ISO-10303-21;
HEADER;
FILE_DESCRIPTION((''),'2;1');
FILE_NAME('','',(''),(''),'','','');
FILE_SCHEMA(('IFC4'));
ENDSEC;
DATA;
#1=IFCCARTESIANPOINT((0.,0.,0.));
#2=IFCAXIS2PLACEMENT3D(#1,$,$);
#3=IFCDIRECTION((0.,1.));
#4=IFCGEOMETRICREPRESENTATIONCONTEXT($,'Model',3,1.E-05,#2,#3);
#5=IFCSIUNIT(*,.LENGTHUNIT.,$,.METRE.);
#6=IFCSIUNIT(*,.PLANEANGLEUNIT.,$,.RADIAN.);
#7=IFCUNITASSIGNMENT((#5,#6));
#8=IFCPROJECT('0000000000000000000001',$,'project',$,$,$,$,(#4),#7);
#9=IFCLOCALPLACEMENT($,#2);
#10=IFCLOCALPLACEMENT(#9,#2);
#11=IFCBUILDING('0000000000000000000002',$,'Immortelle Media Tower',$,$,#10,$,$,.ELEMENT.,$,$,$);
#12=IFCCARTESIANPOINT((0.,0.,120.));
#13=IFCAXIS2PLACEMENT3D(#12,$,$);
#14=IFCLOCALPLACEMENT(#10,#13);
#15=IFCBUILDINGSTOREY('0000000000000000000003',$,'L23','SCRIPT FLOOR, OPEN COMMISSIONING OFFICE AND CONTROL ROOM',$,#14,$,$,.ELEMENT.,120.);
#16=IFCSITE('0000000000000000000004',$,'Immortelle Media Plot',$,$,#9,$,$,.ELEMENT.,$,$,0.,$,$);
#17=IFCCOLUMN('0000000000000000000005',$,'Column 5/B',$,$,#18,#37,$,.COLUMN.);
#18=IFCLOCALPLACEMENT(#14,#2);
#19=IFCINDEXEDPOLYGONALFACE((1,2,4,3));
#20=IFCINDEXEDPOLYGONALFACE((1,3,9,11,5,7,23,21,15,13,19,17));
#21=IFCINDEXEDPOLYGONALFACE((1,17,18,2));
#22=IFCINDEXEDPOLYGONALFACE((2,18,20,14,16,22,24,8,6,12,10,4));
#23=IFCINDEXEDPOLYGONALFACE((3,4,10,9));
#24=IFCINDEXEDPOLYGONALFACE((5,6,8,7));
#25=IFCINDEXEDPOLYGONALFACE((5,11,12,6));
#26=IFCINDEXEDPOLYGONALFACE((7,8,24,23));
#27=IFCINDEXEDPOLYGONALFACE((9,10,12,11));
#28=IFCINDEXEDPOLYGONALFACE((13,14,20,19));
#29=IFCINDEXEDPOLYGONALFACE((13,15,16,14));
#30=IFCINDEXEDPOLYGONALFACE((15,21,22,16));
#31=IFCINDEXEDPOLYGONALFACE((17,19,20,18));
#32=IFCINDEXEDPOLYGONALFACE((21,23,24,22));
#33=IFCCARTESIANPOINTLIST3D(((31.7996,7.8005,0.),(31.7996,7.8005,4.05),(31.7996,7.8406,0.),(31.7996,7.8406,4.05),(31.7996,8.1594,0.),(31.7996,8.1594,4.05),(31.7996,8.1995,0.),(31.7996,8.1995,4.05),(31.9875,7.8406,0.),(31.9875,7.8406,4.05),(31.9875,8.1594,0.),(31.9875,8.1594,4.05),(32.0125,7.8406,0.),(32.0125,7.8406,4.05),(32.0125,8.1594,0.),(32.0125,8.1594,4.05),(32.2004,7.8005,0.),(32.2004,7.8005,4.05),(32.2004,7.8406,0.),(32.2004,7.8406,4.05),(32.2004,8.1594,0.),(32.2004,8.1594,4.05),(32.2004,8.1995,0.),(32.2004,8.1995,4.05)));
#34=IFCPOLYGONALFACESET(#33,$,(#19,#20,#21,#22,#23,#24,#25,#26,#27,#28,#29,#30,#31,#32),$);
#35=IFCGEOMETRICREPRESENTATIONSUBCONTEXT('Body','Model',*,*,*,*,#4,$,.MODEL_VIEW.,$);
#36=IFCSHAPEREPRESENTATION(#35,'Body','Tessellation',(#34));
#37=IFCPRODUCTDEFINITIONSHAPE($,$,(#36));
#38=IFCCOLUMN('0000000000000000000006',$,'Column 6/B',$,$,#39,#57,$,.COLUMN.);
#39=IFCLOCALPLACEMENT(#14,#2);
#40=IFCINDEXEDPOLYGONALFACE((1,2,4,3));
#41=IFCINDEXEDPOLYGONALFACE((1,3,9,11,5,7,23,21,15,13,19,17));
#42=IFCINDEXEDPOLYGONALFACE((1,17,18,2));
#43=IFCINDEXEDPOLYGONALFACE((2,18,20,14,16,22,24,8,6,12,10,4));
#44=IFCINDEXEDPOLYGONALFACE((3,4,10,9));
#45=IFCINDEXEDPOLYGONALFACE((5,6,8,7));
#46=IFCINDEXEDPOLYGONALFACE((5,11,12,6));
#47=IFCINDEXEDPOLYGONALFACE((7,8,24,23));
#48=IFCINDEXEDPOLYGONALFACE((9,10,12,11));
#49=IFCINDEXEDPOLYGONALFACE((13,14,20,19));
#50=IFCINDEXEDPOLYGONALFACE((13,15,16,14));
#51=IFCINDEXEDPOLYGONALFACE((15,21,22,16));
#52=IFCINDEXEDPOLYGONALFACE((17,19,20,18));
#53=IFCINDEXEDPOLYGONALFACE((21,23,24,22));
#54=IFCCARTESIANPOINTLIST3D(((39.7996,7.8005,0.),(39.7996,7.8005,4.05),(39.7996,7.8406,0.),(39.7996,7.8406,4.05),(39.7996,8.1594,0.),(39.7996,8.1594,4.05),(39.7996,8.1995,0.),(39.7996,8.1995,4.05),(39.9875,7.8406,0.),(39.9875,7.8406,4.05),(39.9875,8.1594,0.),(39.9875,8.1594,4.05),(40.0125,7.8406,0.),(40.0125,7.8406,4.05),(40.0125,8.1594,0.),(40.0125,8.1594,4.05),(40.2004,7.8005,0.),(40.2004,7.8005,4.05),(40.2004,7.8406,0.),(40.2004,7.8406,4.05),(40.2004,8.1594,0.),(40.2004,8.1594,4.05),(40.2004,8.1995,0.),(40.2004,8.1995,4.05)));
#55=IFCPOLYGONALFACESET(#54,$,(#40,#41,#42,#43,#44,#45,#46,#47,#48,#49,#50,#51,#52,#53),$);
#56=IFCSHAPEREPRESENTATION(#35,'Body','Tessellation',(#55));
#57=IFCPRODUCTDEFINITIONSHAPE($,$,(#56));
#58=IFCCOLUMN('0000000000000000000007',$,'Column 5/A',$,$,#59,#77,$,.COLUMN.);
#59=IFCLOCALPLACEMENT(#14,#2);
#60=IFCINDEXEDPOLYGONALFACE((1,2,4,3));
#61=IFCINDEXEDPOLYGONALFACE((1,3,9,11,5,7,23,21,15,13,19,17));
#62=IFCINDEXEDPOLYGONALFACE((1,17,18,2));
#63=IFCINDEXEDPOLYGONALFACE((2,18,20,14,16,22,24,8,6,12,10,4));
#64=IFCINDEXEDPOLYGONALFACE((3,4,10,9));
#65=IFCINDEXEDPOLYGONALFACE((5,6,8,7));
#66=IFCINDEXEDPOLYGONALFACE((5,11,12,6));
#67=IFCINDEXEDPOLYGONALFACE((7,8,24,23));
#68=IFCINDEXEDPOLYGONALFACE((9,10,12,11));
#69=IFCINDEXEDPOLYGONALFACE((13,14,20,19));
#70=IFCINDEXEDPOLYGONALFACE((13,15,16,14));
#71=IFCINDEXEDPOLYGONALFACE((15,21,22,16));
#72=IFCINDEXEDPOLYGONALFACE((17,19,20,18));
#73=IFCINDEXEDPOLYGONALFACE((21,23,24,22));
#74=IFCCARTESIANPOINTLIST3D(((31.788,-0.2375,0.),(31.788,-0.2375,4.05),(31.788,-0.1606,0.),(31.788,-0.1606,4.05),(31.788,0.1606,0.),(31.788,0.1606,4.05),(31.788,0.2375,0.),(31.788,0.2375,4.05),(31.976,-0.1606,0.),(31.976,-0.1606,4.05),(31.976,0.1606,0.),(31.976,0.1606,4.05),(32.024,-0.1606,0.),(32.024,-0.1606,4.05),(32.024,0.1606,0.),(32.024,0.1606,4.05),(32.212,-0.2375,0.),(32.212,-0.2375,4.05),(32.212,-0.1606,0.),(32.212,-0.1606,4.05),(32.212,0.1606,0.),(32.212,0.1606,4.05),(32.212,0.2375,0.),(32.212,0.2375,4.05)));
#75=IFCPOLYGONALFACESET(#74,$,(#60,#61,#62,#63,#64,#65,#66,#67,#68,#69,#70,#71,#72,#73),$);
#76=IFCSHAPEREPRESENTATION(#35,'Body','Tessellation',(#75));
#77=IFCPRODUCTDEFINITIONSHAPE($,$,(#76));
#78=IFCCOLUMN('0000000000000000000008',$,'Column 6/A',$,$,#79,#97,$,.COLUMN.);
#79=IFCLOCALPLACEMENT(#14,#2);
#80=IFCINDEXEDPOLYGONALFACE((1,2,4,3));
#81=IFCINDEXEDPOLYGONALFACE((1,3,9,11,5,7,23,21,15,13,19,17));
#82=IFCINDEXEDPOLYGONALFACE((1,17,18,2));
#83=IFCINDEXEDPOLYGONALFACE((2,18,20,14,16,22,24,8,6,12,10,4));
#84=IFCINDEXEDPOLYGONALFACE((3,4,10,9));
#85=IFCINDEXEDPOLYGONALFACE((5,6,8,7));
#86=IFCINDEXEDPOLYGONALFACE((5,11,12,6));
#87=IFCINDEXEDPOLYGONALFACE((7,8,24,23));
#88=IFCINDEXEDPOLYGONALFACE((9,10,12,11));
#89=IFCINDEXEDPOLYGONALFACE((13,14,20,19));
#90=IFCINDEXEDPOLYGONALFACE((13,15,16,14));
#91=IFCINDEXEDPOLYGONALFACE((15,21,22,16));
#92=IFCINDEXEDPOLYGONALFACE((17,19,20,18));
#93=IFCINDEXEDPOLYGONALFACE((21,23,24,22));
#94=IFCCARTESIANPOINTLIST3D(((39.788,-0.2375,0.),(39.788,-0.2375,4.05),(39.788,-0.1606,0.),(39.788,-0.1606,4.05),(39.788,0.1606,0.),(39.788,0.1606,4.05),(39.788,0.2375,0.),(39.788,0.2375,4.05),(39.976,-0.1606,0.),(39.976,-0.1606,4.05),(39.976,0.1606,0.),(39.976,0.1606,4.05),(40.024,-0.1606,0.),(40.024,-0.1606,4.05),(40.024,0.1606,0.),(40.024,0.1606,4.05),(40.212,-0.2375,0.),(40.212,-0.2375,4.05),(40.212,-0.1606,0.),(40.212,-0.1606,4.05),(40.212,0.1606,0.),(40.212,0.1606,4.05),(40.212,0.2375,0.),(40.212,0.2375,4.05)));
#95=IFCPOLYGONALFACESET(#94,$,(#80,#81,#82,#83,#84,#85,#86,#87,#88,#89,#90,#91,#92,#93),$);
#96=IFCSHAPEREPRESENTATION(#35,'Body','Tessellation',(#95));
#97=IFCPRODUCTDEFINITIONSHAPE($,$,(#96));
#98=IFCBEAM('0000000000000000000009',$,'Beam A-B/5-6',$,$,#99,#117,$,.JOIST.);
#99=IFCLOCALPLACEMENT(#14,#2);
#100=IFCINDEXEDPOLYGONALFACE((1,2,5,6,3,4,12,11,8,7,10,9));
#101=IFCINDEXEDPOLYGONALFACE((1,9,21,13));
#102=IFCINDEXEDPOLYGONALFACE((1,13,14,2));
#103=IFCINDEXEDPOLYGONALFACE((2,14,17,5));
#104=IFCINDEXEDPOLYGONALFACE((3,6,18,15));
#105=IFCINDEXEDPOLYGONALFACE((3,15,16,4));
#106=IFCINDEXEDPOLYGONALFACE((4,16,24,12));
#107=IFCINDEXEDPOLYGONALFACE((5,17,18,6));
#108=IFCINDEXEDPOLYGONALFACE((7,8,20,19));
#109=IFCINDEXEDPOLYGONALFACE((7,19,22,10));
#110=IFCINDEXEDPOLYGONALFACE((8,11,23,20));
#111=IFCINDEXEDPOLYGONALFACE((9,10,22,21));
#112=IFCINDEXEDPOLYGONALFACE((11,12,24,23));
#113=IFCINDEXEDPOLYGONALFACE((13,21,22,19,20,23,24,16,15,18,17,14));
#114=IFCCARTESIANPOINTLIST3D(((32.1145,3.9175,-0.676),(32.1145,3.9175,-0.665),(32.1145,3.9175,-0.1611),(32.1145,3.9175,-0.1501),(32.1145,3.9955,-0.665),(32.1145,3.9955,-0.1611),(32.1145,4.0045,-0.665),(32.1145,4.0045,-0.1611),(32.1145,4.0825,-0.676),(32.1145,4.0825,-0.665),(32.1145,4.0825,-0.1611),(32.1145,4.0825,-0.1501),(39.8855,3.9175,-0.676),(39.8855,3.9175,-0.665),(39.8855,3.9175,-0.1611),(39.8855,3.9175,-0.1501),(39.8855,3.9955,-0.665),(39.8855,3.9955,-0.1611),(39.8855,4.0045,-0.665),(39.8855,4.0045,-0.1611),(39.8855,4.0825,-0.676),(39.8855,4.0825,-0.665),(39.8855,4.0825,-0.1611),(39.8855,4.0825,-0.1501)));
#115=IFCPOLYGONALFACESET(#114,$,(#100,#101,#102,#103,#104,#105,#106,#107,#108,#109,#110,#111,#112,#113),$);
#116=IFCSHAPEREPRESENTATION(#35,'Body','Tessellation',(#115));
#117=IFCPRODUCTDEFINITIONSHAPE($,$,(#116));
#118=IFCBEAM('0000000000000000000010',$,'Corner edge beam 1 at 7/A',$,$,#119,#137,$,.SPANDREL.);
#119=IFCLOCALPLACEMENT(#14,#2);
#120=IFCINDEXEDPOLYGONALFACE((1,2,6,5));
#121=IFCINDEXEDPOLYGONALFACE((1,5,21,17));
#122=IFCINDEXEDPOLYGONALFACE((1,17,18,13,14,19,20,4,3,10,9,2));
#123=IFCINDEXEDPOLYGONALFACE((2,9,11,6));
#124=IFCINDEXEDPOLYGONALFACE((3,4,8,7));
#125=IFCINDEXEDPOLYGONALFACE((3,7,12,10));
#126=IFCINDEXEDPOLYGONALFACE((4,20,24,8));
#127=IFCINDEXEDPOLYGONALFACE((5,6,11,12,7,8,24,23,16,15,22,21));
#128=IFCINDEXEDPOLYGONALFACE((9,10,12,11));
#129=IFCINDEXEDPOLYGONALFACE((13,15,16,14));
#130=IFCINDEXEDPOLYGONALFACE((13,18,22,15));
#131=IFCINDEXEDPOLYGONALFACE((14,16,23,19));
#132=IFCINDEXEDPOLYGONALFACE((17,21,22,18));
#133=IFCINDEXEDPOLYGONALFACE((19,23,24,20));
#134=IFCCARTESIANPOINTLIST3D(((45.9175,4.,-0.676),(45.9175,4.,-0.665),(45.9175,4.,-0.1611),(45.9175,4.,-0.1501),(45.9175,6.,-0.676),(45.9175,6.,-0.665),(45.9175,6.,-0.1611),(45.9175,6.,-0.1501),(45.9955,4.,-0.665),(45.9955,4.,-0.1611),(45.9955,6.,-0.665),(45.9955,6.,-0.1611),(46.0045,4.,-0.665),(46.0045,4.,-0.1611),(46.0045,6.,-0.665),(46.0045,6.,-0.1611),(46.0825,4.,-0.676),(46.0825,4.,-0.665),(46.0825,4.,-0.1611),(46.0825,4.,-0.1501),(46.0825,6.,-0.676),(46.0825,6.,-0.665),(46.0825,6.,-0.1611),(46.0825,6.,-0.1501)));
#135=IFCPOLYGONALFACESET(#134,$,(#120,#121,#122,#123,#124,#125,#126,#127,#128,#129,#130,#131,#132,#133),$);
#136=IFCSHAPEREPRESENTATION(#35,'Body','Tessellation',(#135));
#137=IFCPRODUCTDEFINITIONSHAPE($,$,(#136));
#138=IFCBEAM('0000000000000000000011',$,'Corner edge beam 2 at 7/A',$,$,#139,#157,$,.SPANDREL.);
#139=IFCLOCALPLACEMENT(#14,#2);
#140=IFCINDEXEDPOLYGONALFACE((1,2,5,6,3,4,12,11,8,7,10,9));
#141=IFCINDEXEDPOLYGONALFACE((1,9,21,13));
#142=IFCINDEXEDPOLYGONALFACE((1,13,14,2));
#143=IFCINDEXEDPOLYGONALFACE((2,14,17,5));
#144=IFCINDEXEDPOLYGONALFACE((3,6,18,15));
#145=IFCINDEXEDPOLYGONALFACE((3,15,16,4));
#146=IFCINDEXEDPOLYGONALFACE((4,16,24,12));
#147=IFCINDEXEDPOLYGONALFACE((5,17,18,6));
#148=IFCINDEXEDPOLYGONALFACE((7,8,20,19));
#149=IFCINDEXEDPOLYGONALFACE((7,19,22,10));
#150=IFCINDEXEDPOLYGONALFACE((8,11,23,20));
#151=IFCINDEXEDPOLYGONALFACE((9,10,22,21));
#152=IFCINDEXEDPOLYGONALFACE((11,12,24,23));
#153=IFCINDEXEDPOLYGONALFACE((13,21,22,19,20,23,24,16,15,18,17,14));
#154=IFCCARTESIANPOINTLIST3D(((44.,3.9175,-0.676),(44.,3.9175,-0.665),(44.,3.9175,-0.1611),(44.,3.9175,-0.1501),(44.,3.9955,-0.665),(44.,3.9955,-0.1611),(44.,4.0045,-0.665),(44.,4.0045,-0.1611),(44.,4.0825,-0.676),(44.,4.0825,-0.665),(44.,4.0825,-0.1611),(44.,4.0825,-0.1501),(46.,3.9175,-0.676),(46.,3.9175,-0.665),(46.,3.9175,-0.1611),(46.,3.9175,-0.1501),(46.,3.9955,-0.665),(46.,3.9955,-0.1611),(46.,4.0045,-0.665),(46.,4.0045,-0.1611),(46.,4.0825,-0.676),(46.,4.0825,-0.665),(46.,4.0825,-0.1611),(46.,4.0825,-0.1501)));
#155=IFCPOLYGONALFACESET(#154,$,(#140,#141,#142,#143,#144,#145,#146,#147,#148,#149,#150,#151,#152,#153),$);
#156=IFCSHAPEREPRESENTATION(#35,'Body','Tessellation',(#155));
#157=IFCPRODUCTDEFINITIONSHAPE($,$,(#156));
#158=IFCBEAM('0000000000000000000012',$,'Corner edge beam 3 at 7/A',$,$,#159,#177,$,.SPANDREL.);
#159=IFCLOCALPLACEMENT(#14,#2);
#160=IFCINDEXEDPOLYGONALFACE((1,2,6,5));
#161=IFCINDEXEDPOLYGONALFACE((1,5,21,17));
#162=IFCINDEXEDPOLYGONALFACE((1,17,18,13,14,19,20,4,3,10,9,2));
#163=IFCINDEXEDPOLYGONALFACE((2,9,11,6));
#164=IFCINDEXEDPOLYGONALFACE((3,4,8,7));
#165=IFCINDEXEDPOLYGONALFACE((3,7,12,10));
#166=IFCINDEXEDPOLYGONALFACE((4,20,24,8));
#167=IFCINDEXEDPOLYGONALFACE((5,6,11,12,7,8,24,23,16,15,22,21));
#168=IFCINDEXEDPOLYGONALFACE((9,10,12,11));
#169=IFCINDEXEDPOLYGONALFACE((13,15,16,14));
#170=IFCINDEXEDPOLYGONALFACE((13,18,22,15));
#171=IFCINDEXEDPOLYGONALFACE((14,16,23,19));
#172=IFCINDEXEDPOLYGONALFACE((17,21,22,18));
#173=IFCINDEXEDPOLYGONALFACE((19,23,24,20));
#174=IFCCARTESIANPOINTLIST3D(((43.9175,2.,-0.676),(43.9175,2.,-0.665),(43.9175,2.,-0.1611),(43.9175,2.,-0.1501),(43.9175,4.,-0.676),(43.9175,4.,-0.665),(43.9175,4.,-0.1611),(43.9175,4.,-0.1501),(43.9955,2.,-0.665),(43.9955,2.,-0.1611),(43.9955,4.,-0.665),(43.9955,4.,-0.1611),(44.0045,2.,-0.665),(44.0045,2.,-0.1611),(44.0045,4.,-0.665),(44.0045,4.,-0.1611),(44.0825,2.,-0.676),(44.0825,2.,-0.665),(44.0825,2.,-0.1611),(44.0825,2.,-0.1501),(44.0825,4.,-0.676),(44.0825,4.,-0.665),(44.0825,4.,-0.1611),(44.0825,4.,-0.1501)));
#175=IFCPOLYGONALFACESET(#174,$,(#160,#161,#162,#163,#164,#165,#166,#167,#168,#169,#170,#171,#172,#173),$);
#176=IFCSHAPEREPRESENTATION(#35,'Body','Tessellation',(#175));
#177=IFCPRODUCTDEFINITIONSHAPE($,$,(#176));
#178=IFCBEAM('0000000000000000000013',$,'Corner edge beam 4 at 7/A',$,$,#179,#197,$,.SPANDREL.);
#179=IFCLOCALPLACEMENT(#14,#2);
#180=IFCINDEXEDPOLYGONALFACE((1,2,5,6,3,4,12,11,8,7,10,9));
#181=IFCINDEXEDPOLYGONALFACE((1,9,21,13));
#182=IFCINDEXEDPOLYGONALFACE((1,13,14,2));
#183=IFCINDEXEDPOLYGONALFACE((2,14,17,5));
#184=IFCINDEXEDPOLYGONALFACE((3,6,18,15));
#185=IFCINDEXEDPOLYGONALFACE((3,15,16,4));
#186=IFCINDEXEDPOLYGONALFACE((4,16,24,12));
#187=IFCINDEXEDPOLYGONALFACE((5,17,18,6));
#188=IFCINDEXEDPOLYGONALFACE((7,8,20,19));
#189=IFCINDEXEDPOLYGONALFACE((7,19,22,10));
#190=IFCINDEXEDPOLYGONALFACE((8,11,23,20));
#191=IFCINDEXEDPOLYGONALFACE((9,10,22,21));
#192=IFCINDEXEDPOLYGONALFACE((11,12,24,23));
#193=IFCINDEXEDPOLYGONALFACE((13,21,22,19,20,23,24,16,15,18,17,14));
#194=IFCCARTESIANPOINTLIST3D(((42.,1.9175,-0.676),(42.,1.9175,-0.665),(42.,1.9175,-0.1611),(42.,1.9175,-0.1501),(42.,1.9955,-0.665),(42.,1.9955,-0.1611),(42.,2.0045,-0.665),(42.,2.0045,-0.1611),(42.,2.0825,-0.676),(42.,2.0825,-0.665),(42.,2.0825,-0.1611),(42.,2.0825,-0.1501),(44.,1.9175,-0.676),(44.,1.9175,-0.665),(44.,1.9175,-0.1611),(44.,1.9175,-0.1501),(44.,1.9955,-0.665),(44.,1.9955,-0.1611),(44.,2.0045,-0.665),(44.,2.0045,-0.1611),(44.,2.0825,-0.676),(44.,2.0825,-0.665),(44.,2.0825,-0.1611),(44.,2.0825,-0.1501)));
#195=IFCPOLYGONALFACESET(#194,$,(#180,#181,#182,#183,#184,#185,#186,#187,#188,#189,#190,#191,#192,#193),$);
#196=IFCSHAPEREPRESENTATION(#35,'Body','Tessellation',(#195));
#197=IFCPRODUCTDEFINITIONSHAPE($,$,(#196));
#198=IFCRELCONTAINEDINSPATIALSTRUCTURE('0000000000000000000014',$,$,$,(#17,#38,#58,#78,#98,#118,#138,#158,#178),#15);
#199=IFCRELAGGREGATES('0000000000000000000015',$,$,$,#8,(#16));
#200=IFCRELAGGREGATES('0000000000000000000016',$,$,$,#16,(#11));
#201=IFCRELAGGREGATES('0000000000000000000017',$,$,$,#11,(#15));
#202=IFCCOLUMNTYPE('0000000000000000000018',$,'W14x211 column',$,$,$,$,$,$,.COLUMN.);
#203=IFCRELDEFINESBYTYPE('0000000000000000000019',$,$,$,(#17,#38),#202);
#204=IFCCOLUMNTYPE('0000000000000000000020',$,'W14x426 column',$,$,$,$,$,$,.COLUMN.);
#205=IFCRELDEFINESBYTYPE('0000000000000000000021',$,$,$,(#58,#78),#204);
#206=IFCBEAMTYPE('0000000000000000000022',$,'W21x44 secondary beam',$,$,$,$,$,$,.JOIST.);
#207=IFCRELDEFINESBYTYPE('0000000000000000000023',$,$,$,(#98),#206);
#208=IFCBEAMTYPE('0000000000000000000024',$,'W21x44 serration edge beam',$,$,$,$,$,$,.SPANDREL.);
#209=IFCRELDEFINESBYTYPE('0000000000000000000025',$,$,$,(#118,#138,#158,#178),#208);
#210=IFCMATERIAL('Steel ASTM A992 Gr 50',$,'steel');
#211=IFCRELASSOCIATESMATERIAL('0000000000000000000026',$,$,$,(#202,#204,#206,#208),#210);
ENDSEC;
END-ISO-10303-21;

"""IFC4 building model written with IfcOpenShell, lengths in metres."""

from ifc_helpers import new_model, si_unit, direction, frame, origin, origin_2d, place, context, subcontext, project, spatial, i_section, extrude, material, material_profile, profile_set, type_object, element, save


model = new_model("IFC4")

# Units and contexts
model_context = context("Model", 3, precision=1e-05, world=origin(), true_north=direction((0.0, 1.0)))
body_context = subcontext(model_context, "Body", "Model", "MODEL_VIEW")
ifc_project = project(units=[si_unit("LENGTHUNIT", "METRE"), si_unit("PLANEANGLEUNIT", "RADIAN")], contexts=[model_context])

# Site, building, storey
site_placement = place(None, origin())
site = spatial("IfcSite", under=ifc_project, at=site_placement, Name="Immortelle Media Plot", CompositionType="ELEMENT", RefElevation=0.0)
building_placement = place(site_placement, origin())
building = spatial("IfcBuilding", under=site, at=building_placement, Name="Immortelle Media Tower", CompositionType="ELEMENT")
storey_placement = place(building_placement, frame((0.0, 0.0, 120.0)))
storey = spatial("IfcBuildingStorey", under=building, at=storey_placement, Name="L23", Description="SCRIPT FLOOR, OPEN COMMISSIONING OFFICE AND CONTROL ROOM", CompositionType="ELEMENT", Elevation=120.0)

# Columns
ifc_material_1 = material(Name="Steel ASTM A992 Gr 50", Category="steel")
ifc_material_profile_1 = material_profile(ifc_material_1, i_section(OverallWidth=0.4009, OverallDepth=0.3989, WebThickness=0.0249, FlangeThickness=0.04, at=origin_2d()), Name="W14x211")
ifc_profile_set_1 = profile_set([ifc_material_profile_1], Name="Steel ASTM A992 Gr 50")
column_type_1 = type_object("IfcColumnType", Name="W14x211 column", PredefinedType="COLUMN", material=ifc_profile_set_1)
for number, where, z_axis, x_axis, name in (
    (1, (32.0, 8.0, 0.0), (0.0, 0.0, 1.0), (1.0, 0.0, 0.0), "Column 5/B"),
    (2, (40.0, 8.0, 0.0), (0.0, 0.0, 1.0), (1.0, 0.0, 0.0), "Column 6/B"),
):
    element("IfcColumn", number, at=place(storey_placement, frame(where, z_axis=z_axis, x_axis=x_axis)), inside=storey, type_object=column_type_1, Name=name, PredefinedType="COLUMN", context=body_context, shape_type="SweptSolid", body=[
        extrude(i_section(OverallWidth=0.4009, OverallDepth=0.3989, WebThickness=0.0249, FlangeThickness=0.04, at=origin_2d()), origin(), (0.0, 0.0, 1.0), 4.05),
    ])
ifc_material_profile_2 = material_profile(ifc_material_1, i_section(OverallWidth=0.4241, OverallDepth=0.4751, WebThickness=0.0481, FlangeThickness=0.0769, at=origin_2d()), Name="W14x426")
ifc_profile_set_2 = profile_set([ifc_material_profile_2], Name="Steel ASTM A992 Gr 50")
column_type_2 = type_object("IfcColumnType", Name="W14x426 column", PredefinedType="COLUMN", material=ifc_profile_set_2)
for number, where, z_axis, x_axis, name in (
    (3, (32.0, 0.0, 0.0), (0.0, 0.0, 1.0), (1.0, 0.0, 0.0), "Column 5/A"),
    (4, (40.0, 0.0, 0.0), (0.0, 0.0, 1.0), (1.0, 0.0, 0.0), "Column 6/A"),
):
    element("IfcColumn", number, at=place(storey_placement, frame(where, z_axis=z_axis, x_axis=x_axis)), inside=storey, type_object=column_type_2, Name=name, PredefinedType="COLUMN", context=body_context, shape_type="SweptSolid", body=[
        extrude(i_section(OverallWidth=0.4241, OverallDepth=0.4751, WebThickness=0.0481, FlangeThickness=0.0769, at=origin_2d()), origin(), (0.0, 0.0, 1.0), 4.05),
    ])

# Beams
ifc_material_profile_3 = material_profile(ifc_material_1, i_section(OverallWidth=0.165, OverallDepth=0.5259, WebThickness=0.009, FlangeThickness=0.011, at=origin_2d()), Name="W21x44")
ifc_profile_set_3 = profile_set([ifc_material_profile_3], Name="Steel ASTM A992 Gr 50")
beam_type_1 = type_object("IfcBeamType", Name="W21x44 secondary beam", PredefinedType="JOIST", material=ifc_profile_set_3)
beam_1_placement = place(storey_placement, frame((32.1145, 4.0, -0.4131), z_axis=(1.0, 0.0, 0.0), x_axis=(0.0, 1.0, 0.0)))
element("IfcBeam", 5, at=beam_1_placement, inside=storey, type_object=beam_type_1, Name="Beam A-B/5-6", PredefinedType="JOIST", context=body_context, shape_type="SweptSolid", body=[
    extrude(i_section(OverallWidth=0.165, OverallDepth=0.5259, WebThickness=0.009, FlangeThickness=0.011, at=origin_2d()), origin(), (0.0, 0.0, 1.0), 7.771),
])
ifc_material_profile_4 = material_profile(ifc_material_1, i_section(OverallWidth=0.165, OverallDepth=0.5259, WebThickness=0.009, FlangeThickness=0.011, at=origin_2d()), Name="W21x44")
ifc_profile_set_4 = profile_set([ifc_material_profile_4], Name="Steel ASTM A992 Gr 50")
beam_type_2 = type_object("IfcBeamType", Name="W21x44 serration edge beam", PredefinedType="SPANDREL", material=ifc_profile_set_4)
for number, where, z_axis, x_axis, name in (
    (6, (46.0, 6.0, -0.4131), (0.0, -1.0, 0.0), (1.0, 0.0, 0.0), "Corner edge beam 1 at 7/A"),
    (7, (46.0, 4.0, -0.4131), (-1.0, 0.0, 0.0), (0.0, -1.0, 0.0), "Corner edge beam 2 at 7/A"),
    (8, (44.0, 4.0, -0.4131), (0.0, -1.0, 0.0), (1.0, 0.0, 0.0), "Corner edge beam 3 at 7/A"),
    (9, (44.0, 2.0, -0.4131), (-1.0, 0.0, 0.0), (0.0, -1.0, 0.0), "Corner edge beam 4 at 7/A"),
):
    element("IfcBeam", number, at=place(storey_placement, frame(where, z_axis=z_axis, x_axis=x_axis)), inside=storey, type_object=beam_type_2, Name=name, PredefinedType="SPANDREL", context=body_context, shape_type="SweptSolid", body=[
        extrude(i_section(OverallWidth=0.165, OverallDepth=0.5259, WebThickness=0.009, FlangeThickness=0.011, at=origin_2d()), origin(), (0.0, 0.0, 1.0), 2.0),
    ])

save(model, "model.ifc")
